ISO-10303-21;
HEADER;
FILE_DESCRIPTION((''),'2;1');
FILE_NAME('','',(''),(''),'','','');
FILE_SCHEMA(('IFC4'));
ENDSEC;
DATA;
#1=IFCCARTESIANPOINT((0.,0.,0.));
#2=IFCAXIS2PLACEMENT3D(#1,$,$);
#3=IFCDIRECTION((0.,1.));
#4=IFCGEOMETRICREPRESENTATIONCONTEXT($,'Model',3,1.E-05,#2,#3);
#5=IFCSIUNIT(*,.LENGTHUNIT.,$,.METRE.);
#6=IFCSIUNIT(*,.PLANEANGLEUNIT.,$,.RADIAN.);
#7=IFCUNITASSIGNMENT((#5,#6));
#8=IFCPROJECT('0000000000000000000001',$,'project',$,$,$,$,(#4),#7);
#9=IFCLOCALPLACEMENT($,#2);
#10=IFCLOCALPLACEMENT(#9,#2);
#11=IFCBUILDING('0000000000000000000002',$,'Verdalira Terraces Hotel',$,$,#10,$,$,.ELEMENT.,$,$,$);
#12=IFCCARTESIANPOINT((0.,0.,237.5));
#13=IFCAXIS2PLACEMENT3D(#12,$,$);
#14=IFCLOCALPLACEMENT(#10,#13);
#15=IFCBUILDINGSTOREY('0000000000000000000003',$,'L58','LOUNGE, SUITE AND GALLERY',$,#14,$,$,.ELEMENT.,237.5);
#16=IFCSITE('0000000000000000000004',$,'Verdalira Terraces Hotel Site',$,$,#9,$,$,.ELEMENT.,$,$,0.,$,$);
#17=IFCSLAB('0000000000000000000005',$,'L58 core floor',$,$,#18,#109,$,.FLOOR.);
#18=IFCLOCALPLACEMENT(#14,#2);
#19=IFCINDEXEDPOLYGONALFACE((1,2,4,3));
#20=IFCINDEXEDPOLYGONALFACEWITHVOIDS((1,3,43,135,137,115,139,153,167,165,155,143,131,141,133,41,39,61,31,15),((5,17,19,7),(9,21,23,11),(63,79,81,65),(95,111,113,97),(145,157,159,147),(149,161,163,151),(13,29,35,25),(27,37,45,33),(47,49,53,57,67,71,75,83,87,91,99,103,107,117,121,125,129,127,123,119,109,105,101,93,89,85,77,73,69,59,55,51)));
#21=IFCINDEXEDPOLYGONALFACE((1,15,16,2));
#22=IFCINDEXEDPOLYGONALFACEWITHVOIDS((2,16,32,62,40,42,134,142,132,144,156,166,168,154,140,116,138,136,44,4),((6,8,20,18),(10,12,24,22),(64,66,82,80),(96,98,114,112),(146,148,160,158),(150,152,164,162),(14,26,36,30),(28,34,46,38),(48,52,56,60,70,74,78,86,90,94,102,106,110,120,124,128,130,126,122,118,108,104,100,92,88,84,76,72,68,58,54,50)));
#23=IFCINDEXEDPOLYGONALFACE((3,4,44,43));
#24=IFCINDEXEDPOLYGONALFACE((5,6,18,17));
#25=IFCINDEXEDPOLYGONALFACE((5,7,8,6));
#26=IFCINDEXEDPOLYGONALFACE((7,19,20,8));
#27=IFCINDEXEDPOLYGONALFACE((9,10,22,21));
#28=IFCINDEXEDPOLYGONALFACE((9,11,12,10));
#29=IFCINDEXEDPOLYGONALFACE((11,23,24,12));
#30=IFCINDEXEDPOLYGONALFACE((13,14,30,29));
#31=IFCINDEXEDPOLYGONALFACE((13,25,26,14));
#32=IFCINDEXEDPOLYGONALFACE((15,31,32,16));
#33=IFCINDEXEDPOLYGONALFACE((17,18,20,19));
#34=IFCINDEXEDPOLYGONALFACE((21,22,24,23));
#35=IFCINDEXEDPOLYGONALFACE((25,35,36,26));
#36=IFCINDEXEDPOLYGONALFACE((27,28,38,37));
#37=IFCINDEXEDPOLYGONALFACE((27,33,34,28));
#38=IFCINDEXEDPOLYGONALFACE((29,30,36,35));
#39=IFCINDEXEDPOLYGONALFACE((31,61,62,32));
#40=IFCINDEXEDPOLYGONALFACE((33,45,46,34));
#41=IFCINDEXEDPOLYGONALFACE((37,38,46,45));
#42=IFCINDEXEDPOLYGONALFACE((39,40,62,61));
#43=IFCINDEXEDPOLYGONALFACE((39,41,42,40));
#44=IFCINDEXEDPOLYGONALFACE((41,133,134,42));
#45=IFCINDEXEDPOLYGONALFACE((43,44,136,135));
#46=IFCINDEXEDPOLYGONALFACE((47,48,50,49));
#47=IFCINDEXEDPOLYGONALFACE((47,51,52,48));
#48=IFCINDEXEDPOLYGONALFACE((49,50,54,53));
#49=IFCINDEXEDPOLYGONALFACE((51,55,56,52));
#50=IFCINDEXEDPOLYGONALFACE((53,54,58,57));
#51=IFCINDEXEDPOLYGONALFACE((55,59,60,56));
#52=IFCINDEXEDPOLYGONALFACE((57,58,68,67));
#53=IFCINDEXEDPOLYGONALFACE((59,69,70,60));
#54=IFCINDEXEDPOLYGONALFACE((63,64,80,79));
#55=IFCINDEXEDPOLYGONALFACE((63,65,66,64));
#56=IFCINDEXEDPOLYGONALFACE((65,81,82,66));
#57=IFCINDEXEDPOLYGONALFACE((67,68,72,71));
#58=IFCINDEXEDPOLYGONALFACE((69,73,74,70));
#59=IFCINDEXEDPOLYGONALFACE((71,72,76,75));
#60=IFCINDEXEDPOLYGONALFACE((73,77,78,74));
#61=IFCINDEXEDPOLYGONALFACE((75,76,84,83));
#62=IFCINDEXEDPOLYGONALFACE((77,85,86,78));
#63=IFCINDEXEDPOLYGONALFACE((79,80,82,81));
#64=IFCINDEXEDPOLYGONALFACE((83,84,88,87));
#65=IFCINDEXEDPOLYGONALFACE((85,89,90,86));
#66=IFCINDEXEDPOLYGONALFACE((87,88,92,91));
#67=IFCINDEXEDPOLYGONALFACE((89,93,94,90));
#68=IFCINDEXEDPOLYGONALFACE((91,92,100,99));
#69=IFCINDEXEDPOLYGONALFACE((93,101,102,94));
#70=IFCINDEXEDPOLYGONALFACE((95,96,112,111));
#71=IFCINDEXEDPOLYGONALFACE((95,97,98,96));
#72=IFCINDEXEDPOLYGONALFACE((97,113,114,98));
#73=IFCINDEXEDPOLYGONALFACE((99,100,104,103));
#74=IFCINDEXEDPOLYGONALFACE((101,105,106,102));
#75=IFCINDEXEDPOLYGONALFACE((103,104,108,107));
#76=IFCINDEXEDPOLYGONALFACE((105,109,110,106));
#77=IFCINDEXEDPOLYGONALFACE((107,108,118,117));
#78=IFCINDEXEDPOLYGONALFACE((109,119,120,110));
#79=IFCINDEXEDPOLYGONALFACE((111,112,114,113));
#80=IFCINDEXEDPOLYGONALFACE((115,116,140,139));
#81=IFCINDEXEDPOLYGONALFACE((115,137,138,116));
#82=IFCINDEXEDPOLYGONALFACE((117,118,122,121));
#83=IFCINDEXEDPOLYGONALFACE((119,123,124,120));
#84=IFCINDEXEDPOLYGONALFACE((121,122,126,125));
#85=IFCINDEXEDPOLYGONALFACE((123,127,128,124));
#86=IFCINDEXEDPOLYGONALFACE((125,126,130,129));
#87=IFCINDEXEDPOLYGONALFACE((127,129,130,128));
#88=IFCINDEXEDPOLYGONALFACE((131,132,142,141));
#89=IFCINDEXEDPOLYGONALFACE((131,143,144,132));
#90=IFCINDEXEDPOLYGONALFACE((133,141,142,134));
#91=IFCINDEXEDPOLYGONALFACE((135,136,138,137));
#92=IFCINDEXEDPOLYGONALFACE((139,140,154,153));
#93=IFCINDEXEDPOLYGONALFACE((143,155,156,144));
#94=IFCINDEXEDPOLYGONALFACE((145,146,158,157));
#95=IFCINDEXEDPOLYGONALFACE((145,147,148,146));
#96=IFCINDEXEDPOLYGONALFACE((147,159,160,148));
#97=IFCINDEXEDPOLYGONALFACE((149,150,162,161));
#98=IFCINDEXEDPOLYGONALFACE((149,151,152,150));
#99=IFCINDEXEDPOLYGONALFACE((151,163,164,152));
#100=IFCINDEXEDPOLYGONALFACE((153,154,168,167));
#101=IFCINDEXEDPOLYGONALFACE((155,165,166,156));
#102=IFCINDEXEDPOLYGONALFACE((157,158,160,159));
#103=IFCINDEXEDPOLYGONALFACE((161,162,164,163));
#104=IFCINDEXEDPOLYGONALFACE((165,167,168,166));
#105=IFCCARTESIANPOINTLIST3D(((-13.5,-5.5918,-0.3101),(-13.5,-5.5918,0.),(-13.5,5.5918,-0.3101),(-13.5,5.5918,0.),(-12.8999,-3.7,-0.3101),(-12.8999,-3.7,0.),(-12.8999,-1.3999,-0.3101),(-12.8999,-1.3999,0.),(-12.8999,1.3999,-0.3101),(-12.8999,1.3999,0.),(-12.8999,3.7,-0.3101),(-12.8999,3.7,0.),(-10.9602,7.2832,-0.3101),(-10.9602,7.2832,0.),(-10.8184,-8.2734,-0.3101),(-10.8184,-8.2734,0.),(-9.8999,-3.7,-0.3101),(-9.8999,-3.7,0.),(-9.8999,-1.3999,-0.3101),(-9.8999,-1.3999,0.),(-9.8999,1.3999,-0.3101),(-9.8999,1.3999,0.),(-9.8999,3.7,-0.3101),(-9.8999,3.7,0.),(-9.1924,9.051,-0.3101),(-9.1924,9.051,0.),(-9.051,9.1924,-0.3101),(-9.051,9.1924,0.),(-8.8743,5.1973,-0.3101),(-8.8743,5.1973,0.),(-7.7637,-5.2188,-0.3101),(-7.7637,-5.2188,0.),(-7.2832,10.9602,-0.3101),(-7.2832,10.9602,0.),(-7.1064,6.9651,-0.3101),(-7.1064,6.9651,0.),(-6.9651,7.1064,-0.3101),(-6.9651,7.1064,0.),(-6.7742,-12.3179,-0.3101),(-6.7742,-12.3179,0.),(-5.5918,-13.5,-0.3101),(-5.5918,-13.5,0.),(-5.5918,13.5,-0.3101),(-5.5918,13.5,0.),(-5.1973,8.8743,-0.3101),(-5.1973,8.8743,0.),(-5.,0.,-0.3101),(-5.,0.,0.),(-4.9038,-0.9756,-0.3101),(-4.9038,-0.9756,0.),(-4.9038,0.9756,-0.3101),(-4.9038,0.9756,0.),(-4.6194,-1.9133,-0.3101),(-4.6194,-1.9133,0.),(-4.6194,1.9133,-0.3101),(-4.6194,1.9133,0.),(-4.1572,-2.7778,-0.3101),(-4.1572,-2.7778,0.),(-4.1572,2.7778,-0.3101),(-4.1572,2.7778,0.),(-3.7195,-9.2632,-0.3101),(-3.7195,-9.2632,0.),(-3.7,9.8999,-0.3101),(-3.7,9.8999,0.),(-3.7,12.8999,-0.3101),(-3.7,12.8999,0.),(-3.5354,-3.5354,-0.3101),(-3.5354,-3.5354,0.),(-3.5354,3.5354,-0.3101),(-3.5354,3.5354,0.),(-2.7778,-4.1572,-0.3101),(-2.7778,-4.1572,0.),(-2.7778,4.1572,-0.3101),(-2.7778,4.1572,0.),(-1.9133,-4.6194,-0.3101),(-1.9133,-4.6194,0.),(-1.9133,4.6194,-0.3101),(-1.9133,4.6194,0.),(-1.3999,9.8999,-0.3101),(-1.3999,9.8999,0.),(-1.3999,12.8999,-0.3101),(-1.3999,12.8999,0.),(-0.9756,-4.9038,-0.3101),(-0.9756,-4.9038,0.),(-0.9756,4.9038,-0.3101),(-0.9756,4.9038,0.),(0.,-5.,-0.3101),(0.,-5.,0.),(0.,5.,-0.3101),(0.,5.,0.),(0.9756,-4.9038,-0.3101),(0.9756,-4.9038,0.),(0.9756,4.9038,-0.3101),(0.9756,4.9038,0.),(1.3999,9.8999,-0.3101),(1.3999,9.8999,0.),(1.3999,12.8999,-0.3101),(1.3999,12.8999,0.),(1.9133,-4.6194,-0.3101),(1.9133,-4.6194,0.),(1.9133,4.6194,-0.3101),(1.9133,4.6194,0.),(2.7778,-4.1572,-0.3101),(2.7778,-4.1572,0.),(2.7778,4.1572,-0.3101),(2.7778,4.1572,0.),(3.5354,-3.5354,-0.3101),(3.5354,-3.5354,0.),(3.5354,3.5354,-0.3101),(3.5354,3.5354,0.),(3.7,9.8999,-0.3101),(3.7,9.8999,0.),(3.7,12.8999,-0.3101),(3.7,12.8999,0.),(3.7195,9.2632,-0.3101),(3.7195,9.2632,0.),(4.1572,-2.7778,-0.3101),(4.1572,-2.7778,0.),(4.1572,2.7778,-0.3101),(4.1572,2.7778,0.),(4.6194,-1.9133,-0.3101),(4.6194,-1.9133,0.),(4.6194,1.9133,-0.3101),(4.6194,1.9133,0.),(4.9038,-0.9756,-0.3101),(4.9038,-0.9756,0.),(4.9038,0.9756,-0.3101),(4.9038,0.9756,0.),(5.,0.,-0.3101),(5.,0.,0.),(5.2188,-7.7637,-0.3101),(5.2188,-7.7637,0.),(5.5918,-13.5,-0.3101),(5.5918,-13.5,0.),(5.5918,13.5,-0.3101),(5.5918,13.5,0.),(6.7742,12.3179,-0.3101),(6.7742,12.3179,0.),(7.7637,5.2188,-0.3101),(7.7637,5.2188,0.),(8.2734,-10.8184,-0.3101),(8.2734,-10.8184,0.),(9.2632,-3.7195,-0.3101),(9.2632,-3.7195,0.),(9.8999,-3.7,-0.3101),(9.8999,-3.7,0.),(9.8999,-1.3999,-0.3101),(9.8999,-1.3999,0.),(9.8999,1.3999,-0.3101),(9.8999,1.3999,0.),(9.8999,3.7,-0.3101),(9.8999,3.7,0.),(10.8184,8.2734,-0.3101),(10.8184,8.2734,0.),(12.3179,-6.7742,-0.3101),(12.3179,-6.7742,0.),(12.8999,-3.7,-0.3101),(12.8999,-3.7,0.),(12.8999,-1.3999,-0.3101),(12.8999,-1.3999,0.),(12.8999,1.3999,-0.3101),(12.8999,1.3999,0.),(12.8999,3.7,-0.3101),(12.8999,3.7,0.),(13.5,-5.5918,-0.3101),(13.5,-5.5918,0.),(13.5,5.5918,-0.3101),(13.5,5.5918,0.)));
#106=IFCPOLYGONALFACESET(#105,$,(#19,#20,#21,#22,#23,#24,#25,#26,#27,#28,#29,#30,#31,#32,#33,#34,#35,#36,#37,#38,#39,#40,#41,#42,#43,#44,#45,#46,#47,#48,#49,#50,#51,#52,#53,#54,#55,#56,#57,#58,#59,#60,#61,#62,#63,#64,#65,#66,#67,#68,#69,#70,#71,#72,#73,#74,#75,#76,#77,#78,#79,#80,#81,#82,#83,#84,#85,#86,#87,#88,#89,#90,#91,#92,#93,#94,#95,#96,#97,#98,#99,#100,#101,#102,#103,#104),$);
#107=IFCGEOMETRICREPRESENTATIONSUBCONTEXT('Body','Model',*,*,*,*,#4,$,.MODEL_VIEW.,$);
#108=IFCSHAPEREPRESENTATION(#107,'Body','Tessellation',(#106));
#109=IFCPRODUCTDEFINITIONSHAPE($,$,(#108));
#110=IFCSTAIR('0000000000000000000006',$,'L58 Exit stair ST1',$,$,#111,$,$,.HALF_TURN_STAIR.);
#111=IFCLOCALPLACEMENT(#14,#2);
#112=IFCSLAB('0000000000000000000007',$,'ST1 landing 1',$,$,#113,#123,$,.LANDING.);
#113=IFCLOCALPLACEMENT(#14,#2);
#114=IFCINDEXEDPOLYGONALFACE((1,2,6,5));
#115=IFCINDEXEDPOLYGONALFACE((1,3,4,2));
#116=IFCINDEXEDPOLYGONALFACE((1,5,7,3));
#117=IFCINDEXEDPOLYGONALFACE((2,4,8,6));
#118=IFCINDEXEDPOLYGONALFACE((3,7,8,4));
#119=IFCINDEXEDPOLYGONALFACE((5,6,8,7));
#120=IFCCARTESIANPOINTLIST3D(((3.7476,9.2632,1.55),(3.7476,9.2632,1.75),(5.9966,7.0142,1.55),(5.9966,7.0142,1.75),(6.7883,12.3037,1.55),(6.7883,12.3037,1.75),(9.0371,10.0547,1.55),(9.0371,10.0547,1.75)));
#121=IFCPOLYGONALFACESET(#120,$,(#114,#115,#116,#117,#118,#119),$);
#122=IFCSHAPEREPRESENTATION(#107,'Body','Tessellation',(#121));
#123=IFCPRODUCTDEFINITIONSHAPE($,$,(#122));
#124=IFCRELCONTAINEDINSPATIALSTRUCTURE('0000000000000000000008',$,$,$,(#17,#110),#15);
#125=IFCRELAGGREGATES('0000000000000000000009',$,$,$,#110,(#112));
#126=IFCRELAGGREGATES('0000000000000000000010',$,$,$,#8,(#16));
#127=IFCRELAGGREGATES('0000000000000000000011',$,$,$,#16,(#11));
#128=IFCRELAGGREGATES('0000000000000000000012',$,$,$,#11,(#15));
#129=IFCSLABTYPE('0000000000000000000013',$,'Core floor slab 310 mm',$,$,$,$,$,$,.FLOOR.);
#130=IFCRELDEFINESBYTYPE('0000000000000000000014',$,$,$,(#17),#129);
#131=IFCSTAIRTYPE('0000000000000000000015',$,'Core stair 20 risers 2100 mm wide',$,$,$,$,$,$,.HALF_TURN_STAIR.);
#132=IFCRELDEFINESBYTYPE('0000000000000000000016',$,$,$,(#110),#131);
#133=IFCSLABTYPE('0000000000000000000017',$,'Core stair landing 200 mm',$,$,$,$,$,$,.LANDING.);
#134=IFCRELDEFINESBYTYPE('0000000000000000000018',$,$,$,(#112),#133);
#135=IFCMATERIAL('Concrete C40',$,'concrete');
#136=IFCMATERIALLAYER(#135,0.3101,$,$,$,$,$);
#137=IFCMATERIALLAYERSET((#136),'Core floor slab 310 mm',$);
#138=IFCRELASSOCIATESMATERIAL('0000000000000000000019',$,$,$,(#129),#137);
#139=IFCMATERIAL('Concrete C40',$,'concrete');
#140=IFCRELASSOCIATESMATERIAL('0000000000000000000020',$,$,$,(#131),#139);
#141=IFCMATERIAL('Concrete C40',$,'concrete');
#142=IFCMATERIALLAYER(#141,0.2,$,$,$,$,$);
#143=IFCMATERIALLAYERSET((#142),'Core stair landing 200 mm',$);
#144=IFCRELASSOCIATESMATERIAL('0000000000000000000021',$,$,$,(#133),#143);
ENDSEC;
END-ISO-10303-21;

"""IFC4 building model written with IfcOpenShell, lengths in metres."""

from ifc_helpers import new_model, si_unit, direction, frame, origin, place, context, subcontext, project, spatial, polyline, outline, extrude, material, layer, layer_set, type_object, element, aggregate, save


model = new_model("IFC4")

# Units and contexts
model_context = context("Model", 3, precision=1e-05, world=origin(), true_north=direction((0.0, 1.0)))
body_context = subcontext(model_context, "Body", "Model", "MODEL_VIEW")
ifc_project = project(units=[si_unit("LENGTHUNIT", "METRE"), si_unit("PLANEANGLEUNIT", "RADIAN")], contexts=[model_context])

# Site, building, storey
site_placement = place(None, origin())
site = spatial("IfcSite", under=ifc_project, at=site_placement, Name="Verdalira Terraces Hotel Site", CompositionType="ELEMENT", RefElevation=0.0)
building_placement = place(site_placement, origin())
building = spatial("IfcBuilding", under=site, at=building_placement, Name="Verdalira Terraces Hotel", CompositionType="ELEMENT")
storey_placement = place(building_placement, frame((0.0, 0.0, 237.5)))
storey = spatial("IfcBuildingStorey", under=building, at=storey_placement, Name="L58", Description="LOUNGE, SUITE AND GALLERY", CompositionType="ELEMENT", Elevation=237.5)

# Slab
ifc_material_1 = material(Name="Concrete C40", Category="concrete")
ifc_layer_1 = layer(ifc_material_1, 0.3101)
ifc_layer_set_1 = layer_set([ifc_layer_1], Name="Core floor slab 310 mm")
slab_type_1 = type_object("IfcSlabType", Name="Core floor slab 310 mm", PredefinedType="FLOOR", material=ifc_layer_set_1)
slab_1_placement = place(storey_placement, frame((0.0, 0.0, -0.3101)))
element("IfcSlab", 1, at=slab_1_placement, inside=storey, type_object=slab_type_1, Name="L58 core floor", PredefinedType="FLOOR", context=body_context, shape_type="SweptSolid", body=[
    extrude(outline(polyline([(-6.7742, -12.3179), (-3.7195, -9.2632), (-7.7637, -5.2188), (-10.8184, -8.2734), (-13.5, -5.5918), (-13.5, 5.5918), (-5.5918, 13.5), (5.5918, 13.5), (6.7742, 12.3179), (3.7195, 9.2632), (7.7637, 5.2188), (10.8184, 8.2734), (13.5, 5.5918), (13.5, -5.5918), (12.3179, -6.7742), (9.2632, -3.7195), (5.2188, -7.7637), (8.2734, -10.8184), (5.5918, -13.5), (-5.5918, -13.5), (-6.7742, -12.3179)]), holes=[polyline([(9.8999, -1.3999), (9.8999, -3.7), (12.8999, -3.7), (12.8999, -1.3999), (9.8999, -1.3999)]), polyline([(9.8999, 3.7), (9.8999, 1.3999), (12.8999, 1.3999), (12.8999, 3.7), (9.8999, 3.7)]), polyline([(3.7, 12.8999), (1.3999, 12.8999), (1.3999, 9.8999), (3.7, 9.8999), (3.7, 12.8999)]), polyline([(-1.3999, 12.8999), (-3.7, 12.8999), (-3.7, 9.8999), (-1.3999, 9.8999), (-1.3999, 12.8999)]), polyline([(-9.8999, 1.3999), (-9.8999, 3.7), (-12.8999, 3.7), (-12.8999, 1.3999), (-9.8999, 1.3999)]), polyline([(-9.8999, -3.7), (-9.8999, -1.3999), (-12.8999, -1.3999), (-12.8999, -3.7), (-9.8999, -3.7)]), polyline([(-9.051, 9.1924), (-6.9651, 7.1064), (-5.1973, 8.8743), (-7.2832, 10.9602), (-9.051, 9.1924)]), polyline([(-9.1924, 9.051), (-10.9602, 7.2832), (-8.8743, 5.1973), (-7.1064, 6.9651), (-9.1924, 9.051)]), polyline([(3.5354, 3.5354), (2.7778, 4.1572), (1.9133, 4.6194), (0.9756, 4.9038), (0.0, 5.0), (-0.9756, 4.9038), (-1.9133, 4.6194), (-2.7778, 4.1572), (-3.5354, 3.5354), (-4.1572, 2.7778), (-4.6194, 1.9133), (-4.9038, 0.9756), (-5.0, 0.0), (-4.9038, -0.9756), (-4.6194, -1.9133), (-4.1572, -2.7778), (-3.5354, -3.5354), (-2.7778, -4.1572), (-1.9133, -4.6194), (-0.9756, -4.9038), (0.0, -5.0), (0.9756, -4.9038), (1.9133, -4.6194), (2.7778, -4.1572), (3.5354, -3.5354), (4.1572, -2.7778), (4.6194, -1.9133), (4.9038, -0.9756), (5.0, 0.0), (4.9038, 0.9756), (4.6194, 1.9133), (4.1572, 2.7778), (3.5354, 3.5354)])]), origin(), (0.0, 0.0, 1.0), 0.3101),
])

# Stair, slab
ifc_material_2 = material(Name="Concrete C40", Category="concrete")
stair_type = type_object("IfcStairType", Name="Core stair 20 risers 2100 mm wide", PredefinedType="HALF_TURN_STAIR", material=ifc_material_2)
stair_placement = place(storey_placement, origin())
stair = element("IfcStair", 2, at=stair_placement, inside=storey, type_object=stair_type, Name="L58 Exit stair ST1", PredefinedType="HALF_TURN_STAIR")
ifc_material_3 = material(Name="Concrete C40", Category="concrete")
ifc_layer_2 = layer(ifc_material_3, 0.2)
ifc_layer_set_2 = layer_set([ifc_layer_2], Name="Core stair landing 200 mm")
slab_type_2 = type_object("IfcSlabType", Name="Core stair landing 200 mm", PredefinedType="LANDING", material=ifc_layer_set_2)
slab_2_placement = place(storey_placement, frame((0.0, 0.0, 1.55)))
slab_2 = element("IfcSlab", 3, at=slab_2_placement, type_object=slab_type_2, Name="ST1 landing 1", PredefinedType="LANDING", context=body_context, shape_type="SweptSolid", body=[
    extrude(outline(polyline([(9.0371, 10.0547), (6.7883, 12.3037), (3.7476, 9.2632), (5.9966, 7.0142), (9.0371, 10.0547)])), origin(), (0.0, 0.0, 1.0), 0.2),
])
aggregate(stair, [slab_2])

save(model, "model.ifc")
